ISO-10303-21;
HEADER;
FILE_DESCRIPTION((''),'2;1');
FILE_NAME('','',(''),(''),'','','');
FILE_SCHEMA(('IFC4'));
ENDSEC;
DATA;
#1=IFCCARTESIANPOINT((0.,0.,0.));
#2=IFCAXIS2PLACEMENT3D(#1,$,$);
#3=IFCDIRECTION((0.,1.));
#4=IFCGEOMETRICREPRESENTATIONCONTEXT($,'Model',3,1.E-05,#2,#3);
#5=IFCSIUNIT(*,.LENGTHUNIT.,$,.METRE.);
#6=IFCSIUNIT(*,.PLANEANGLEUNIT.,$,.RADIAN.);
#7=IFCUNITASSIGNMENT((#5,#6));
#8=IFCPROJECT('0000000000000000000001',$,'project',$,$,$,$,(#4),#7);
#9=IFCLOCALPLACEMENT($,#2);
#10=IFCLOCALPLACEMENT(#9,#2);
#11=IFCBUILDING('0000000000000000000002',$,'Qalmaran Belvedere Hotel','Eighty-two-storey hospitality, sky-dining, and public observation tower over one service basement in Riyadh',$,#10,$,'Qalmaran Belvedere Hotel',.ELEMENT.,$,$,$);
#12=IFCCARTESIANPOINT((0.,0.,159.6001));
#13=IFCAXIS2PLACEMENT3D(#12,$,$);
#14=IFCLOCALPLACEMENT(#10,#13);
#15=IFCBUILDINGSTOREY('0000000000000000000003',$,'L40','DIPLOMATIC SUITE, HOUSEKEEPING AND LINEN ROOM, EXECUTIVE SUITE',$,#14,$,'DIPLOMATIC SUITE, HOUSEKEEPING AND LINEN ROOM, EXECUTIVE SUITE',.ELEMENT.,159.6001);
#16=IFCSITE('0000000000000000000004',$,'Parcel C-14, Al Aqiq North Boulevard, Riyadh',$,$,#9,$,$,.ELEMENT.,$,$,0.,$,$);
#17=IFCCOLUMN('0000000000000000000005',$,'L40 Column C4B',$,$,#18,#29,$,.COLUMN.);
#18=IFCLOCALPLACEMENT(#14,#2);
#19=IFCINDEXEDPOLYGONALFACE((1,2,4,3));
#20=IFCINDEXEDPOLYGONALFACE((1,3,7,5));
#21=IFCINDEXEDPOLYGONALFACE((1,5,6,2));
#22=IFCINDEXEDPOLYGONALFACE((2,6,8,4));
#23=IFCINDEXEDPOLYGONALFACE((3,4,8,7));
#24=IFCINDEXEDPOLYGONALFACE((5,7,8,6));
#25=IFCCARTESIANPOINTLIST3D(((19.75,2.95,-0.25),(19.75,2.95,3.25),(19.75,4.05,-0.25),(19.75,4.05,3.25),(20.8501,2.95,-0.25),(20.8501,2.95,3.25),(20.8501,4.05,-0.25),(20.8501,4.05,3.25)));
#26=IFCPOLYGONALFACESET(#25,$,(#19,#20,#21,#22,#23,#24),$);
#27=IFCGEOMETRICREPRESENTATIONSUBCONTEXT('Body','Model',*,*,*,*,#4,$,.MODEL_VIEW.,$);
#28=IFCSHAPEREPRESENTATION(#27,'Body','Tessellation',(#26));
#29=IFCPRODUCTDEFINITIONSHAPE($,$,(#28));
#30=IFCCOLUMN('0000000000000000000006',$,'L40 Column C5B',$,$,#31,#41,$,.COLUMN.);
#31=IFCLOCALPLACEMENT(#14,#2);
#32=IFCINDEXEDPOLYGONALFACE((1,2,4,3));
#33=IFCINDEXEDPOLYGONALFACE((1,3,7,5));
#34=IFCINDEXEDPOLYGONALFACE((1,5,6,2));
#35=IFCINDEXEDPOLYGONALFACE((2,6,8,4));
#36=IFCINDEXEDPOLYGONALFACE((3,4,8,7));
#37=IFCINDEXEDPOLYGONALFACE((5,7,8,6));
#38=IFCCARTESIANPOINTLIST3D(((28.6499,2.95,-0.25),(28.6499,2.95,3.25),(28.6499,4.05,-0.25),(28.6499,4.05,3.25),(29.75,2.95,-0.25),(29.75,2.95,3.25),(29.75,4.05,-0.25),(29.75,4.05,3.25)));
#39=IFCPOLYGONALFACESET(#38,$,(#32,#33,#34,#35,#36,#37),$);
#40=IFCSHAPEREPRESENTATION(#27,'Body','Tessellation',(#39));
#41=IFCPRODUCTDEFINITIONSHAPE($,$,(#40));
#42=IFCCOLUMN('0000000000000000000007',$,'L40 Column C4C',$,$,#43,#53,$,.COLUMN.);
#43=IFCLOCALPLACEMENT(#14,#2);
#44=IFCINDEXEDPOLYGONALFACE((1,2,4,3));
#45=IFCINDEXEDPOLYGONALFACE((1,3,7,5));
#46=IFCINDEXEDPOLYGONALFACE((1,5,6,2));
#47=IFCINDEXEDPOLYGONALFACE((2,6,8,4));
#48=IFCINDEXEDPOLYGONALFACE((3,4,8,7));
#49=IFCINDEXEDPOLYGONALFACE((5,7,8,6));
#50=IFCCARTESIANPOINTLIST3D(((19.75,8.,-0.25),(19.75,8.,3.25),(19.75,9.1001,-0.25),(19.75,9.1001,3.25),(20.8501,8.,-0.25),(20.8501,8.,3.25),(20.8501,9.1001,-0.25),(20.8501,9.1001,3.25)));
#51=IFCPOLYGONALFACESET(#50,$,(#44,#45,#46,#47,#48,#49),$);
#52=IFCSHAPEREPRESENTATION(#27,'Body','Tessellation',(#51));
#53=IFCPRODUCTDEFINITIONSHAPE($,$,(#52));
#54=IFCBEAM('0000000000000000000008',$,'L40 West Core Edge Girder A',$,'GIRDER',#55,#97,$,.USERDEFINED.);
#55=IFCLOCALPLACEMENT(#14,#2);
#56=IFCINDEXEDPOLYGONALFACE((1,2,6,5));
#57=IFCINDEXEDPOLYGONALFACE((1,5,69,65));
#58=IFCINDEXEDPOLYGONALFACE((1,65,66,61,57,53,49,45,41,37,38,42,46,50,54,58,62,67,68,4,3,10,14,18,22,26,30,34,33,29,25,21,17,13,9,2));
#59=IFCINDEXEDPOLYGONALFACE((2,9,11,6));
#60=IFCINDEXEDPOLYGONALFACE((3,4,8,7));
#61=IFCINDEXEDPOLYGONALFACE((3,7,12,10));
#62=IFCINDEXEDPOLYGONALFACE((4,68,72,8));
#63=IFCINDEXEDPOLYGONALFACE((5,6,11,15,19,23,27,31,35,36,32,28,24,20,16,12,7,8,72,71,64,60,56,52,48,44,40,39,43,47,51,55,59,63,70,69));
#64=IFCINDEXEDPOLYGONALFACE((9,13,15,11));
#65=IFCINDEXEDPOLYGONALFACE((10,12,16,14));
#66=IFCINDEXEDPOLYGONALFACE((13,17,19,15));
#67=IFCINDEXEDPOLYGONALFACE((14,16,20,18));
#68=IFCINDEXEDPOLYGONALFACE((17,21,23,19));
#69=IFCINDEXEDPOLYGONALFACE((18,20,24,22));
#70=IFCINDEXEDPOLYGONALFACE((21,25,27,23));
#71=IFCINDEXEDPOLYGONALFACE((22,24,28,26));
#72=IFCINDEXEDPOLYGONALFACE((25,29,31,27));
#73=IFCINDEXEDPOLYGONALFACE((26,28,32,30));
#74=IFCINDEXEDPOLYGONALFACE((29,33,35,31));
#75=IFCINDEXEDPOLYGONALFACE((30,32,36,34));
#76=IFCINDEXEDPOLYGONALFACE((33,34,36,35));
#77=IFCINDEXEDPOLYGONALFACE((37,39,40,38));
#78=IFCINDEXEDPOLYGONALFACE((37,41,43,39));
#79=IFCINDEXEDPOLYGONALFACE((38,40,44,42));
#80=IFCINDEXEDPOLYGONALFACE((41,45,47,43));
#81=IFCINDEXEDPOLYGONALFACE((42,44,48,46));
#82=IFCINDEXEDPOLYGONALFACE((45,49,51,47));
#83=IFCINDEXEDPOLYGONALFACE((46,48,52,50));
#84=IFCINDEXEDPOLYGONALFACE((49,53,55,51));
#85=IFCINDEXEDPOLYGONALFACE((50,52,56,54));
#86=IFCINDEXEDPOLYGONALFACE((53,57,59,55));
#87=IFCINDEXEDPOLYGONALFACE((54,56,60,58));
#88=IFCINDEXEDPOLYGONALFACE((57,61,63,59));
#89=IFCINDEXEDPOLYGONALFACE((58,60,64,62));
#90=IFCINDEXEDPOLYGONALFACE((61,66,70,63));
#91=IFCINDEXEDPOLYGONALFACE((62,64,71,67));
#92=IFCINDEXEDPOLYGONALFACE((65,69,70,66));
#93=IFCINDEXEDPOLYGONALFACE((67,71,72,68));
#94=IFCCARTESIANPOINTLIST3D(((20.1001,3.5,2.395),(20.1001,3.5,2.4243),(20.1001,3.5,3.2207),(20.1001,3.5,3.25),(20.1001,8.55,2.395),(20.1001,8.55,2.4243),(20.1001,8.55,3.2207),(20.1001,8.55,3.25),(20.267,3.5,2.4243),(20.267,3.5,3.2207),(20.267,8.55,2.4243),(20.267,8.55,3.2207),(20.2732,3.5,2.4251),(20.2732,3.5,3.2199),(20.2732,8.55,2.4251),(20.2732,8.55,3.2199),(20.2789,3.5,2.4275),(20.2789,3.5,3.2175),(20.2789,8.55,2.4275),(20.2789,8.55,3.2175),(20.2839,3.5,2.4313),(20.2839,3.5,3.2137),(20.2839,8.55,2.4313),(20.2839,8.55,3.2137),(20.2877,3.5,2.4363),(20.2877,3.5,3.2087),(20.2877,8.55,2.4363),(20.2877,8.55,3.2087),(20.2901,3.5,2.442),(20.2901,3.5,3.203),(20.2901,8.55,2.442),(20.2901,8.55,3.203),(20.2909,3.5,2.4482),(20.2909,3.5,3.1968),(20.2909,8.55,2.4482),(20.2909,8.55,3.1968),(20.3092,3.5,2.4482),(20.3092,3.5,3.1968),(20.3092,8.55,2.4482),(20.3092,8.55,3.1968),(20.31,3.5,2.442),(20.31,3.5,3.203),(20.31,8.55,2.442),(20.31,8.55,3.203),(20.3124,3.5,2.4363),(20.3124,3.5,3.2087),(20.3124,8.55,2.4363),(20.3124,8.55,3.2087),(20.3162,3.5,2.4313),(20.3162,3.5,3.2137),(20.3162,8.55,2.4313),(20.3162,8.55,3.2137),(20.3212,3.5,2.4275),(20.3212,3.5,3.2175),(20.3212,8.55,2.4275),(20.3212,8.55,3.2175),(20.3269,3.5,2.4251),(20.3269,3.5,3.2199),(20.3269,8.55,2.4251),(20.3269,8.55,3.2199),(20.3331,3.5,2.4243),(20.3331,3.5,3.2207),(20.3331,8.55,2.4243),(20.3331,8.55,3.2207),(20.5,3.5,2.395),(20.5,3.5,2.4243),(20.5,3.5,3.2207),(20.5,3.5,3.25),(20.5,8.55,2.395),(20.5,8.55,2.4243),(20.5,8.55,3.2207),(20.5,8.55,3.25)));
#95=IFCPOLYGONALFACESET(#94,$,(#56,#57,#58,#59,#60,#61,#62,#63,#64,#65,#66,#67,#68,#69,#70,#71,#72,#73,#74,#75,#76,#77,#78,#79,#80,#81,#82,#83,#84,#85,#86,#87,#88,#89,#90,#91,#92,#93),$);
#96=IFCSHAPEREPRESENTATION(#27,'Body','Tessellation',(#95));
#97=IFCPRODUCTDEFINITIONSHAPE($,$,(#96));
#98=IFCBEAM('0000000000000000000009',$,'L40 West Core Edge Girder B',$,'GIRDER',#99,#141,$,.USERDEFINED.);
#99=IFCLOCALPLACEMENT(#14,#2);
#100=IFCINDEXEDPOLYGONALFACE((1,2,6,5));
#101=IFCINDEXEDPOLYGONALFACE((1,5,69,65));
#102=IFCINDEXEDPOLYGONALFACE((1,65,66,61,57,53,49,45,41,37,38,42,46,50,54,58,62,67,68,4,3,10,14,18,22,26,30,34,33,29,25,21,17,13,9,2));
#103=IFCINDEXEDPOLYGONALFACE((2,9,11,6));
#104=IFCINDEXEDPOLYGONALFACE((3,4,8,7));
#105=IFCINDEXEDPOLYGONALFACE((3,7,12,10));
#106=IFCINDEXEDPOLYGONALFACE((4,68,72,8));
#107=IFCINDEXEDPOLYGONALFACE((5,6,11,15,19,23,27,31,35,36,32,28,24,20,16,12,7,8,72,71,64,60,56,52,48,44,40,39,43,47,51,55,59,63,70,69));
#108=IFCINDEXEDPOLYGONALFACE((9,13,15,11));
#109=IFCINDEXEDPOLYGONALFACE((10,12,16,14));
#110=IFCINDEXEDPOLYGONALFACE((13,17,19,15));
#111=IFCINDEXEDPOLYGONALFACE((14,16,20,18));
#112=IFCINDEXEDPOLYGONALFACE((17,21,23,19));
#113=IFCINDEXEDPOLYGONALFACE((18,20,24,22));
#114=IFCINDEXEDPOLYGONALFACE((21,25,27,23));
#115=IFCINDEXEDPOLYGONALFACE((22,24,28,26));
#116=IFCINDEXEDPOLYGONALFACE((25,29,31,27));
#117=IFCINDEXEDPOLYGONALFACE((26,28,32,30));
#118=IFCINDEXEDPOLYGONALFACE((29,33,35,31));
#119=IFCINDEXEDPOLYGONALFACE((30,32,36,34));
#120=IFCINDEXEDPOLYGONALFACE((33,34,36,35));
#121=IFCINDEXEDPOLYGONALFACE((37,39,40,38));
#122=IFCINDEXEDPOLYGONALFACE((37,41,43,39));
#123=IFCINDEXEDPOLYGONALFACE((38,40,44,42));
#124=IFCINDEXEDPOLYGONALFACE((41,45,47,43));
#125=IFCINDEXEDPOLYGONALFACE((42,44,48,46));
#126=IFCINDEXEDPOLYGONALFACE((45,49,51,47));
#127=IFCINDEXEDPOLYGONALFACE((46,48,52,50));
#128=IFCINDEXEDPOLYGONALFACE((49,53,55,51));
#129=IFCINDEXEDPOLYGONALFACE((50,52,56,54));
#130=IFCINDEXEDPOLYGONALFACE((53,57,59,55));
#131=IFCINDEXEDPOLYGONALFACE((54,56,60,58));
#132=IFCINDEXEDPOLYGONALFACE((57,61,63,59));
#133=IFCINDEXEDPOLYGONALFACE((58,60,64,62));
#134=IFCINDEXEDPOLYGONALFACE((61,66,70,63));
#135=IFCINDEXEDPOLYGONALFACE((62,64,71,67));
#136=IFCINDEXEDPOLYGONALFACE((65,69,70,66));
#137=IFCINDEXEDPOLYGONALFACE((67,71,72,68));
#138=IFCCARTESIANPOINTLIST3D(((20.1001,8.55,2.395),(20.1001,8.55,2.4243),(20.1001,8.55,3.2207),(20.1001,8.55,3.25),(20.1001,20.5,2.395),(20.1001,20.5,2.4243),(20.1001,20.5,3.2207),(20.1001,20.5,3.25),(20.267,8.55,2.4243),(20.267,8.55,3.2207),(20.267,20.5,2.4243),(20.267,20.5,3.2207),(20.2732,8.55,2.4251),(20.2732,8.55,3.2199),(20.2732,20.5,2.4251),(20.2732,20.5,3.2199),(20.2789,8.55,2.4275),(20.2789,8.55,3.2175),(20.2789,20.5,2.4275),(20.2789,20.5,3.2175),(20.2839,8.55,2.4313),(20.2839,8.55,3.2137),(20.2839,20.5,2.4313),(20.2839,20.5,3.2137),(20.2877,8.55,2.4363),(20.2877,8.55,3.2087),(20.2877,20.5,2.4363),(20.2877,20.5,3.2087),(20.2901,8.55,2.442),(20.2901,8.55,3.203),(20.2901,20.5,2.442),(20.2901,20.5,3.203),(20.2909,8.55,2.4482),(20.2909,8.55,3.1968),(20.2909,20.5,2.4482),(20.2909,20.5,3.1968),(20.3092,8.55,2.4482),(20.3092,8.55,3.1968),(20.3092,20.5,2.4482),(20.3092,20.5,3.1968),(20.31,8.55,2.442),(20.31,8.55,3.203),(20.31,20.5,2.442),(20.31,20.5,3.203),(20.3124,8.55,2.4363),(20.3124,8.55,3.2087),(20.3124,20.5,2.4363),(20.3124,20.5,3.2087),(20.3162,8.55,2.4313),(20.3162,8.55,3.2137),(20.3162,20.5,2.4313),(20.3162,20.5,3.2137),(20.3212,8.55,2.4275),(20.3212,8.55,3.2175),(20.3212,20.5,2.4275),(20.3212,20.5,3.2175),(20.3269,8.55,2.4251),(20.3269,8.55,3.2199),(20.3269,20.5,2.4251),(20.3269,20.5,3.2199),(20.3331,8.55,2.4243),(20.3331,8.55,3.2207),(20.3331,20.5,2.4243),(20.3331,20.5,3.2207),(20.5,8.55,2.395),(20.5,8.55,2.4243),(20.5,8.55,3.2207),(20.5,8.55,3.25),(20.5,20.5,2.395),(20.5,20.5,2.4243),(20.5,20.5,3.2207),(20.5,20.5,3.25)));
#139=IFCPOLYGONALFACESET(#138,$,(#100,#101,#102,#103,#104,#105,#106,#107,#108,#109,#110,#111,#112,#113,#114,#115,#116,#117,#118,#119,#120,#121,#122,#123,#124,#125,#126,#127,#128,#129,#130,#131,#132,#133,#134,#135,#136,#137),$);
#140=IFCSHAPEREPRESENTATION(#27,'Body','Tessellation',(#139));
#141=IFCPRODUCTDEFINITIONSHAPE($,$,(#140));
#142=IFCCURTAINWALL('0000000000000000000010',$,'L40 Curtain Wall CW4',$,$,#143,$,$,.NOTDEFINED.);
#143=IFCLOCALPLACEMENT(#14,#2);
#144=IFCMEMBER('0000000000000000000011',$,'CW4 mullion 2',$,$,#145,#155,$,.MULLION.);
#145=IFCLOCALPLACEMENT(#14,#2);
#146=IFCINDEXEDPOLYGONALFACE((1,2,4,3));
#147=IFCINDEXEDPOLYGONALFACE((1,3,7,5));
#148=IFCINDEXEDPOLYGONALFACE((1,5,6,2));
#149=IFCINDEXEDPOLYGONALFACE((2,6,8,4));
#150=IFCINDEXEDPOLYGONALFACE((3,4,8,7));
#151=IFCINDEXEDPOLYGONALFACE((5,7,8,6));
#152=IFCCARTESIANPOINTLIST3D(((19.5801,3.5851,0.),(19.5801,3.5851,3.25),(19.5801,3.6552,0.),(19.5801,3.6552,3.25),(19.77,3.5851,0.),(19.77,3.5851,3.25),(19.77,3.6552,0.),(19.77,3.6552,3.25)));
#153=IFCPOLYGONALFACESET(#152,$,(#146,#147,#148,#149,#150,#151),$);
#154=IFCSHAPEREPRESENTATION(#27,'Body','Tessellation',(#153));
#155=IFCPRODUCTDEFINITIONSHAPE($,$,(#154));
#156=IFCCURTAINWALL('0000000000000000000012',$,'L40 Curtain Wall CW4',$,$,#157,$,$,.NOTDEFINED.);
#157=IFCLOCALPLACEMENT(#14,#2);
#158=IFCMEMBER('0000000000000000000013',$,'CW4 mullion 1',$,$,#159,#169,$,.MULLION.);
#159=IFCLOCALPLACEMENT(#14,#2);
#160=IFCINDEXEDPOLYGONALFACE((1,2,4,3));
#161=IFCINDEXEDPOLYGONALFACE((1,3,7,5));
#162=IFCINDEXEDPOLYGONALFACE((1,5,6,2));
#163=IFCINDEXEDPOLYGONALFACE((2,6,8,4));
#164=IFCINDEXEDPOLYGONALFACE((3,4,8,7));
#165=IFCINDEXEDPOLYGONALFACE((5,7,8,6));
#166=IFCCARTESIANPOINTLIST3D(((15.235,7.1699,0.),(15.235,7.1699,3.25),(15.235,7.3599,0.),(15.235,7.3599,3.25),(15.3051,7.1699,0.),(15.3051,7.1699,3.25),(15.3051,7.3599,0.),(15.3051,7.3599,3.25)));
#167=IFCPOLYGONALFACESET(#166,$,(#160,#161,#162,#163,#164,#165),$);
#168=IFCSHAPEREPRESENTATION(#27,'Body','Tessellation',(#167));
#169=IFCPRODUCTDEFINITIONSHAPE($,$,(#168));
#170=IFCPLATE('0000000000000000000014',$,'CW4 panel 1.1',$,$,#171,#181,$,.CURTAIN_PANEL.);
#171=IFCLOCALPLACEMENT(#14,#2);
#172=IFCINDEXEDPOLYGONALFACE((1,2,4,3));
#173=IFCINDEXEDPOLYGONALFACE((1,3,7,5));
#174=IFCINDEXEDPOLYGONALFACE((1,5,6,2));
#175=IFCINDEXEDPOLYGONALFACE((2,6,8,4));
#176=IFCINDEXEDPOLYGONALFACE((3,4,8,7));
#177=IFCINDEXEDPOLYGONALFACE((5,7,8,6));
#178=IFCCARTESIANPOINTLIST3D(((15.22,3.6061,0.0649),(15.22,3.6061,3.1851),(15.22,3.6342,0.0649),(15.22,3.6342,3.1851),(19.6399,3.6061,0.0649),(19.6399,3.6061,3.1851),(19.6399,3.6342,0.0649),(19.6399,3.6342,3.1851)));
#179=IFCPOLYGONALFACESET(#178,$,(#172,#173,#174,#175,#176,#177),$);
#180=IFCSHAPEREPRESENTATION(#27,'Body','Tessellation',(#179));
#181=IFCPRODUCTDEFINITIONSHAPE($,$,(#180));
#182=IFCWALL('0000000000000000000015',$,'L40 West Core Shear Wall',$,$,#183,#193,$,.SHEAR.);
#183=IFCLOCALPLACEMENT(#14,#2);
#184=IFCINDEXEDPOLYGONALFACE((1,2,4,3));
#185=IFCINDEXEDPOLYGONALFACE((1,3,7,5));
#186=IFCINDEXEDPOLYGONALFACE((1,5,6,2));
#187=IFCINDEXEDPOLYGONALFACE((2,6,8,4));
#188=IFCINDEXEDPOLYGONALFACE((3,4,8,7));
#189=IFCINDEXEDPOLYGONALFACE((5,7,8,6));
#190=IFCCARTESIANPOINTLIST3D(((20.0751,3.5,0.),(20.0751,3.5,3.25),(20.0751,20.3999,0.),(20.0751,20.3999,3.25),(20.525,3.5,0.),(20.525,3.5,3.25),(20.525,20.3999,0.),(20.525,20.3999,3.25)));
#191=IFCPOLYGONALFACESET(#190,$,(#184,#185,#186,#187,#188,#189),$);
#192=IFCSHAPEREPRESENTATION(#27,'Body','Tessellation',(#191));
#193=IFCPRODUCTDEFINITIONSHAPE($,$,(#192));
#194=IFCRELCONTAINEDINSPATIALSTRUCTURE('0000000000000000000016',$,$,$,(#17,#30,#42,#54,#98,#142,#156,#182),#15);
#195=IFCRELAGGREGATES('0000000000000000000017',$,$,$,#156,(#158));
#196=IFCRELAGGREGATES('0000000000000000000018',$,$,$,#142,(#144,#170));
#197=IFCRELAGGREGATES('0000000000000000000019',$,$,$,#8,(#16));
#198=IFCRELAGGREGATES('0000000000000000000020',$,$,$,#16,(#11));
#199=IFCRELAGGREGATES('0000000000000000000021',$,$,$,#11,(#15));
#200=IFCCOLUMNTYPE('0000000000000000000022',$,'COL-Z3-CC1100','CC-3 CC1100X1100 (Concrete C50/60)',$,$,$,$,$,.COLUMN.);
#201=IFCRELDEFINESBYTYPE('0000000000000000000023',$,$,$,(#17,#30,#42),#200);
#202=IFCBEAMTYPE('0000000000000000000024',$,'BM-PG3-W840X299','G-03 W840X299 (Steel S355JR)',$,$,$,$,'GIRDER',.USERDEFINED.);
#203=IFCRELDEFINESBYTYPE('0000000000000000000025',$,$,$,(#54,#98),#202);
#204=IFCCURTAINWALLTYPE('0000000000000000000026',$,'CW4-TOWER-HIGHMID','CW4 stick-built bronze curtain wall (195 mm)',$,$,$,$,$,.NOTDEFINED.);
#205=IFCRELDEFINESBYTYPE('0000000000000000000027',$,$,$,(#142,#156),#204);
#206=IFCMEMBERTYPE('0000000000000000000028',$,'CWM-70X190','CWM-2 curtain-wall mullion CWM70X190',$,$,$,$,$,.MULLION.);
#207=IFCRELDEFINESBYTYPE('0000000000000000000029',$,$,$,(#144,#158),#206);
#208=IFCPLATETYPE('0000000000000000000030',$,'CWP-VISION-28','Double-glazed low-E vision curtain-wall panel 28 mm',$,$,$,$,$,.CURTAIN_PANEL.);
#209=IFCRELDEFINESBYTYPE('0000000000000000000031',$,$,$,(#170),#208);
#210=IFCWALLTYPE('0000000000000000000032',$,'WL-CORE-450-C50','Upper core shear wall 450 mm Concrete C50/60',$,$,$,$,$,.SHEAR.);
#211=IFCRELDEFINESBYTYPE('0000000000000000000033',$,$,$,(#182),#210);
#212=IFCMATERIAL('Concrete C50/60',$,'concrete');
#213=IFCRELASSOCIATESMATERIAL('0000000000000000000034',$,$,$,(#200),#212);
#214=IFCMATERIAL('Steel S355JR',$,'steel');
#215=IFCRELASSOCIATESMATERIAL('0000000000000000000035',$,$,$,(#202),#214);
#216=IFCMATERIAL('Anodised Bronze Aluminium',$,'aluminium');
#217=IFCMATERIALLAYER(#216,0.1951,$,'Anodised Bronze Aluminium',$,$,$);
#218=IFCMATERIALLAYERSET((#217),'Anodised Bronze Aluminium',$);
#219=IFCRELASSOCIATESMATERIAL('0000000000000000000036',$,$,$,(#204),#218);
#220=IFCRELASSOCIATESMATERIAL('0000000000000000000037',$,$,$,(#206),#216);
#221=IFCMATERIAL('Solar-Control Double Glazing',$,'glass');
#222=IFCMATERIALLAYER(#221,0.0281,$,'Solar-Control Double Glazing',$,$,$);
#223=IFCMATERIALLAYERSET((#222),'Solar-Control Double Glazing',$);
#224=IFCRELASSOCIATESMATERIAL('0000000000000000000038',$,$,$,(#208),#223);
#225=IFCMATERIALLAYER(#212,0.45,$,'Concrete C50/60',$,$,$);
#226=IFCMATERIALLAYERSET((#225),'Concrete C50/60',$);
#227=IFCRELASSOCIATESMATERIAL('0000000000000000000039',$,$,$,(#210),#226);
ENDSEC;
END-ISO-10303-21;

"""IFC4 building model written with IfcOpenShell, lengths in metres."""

from ifc_helpers import new_model, si_unit, direction, frame, frame_2d, origin, origin_2d, place, context, subcontext, project, spatial, rectangle, i_section, extrude, material, layer, layer_set, material_profile, profile_set, type_object, element, aggregate, save


model = new_model("IFC4")

# Units and contexts
model_context = context("Model", 3, precision=1e-05, world=origin(), true_north=direction((0.0, 1.0)))
body_context = subcontext(model_context, "Body", "Model", "MODEL_VIEW")
ifc_project = project(units=[si_unit("LENGTHUNIT", "METRE"), si_unit("PLANEANGLEUNIT", "RADIAN")], contexts=[model_context])

# Site, building, storey
site_placement = place(None, origin())
site = spatial("IfcSite", under=ifc_project, at=site_placement, Name="Parcel C-14, Al Aqiq North Boulevard, Riyadh", CompositionType="ELEMENT", RefElevation=0.0)
building_placement = place(site_placement, origin())
building = spatial("IfcBuilding", under=site, at=building_placement, Name="Qalmaran Belvedere Hotel", Description="Eighty-two-storey hospitality, sky-dining, and public observation tower over one service basement in Riyadh", LongName="Qalmaran Belvedere Hotel", CompositionType="ELEMENT")
storey_placement = place(building_placement, frame((0.0, 0.0, 159.6001)))
storey = spatial("IfcBuildingStorey", under=building, at=storey_placement, Name="L40", Description="DIPLOMATIC SUITE, HOUSEKEEPING AND LINEN ROOM, EXECUTIVE SUITE", LongName="DIPLOMATIC SUITE, HOUSEKEEPING AND LINEN ROOM, EXECUTIVE SUITE", CompositionType="ELEMENT", Elevation=159.6001)

# Columns
ifc_material_1 = material(Name="Concrete C50/60", Category="concrete")
ifc_material_profile_1 = material_profile(ifc_material_1, rectangle(XDim=1.1001, YDim=1.1001, at=origin_2d()), Name="CC1100X1100")
ifc_profile_set_1 = profile_set([ifc_material_profile_1], Name="Concrete C50/60")
column_type = type_object("IfcColumnType", Name="COL-Z3-CC1100", Description="CC-3 CC1100X1100 (Concrete C50/60)", PredefinedType="COLUMN", material=ifc_profile_set_1)
for number, where, z_axis, x_axis, name in (
    (1, (20.3, 3.5, -0.25), (0.0, 0.0, 1.0), (1.0, 0.0, 0.0), "L40 Column C4B"),
    (2, (29.2, 3.5, -0.25), (0.0, 0.0, 1.0), (1.0, 0.0, 0.0), "L40 Column C5B"),
    (3, (20.3, 8.55, -0.25), (0.0, 0.0, 1.0), (1.0, 0.0, 0.0), "L40 Column C4C"),
):
    element("IfcColumn", number, at=place(storey_placement, frame(where, z_axis=z_axis, x_axis=x_axis)), inside=storey, type_object=column_type, Name=name, PredefinedType="COLUMN", context=body_context, shape_type="SweptSolid", body=[
        extrude(rectangle(XDim=1.1001, YDim=1.1001, at=origin_2d()), origin(), (0.0, 0.0, 1.0), 3.5),
    ])

# Beams
ifc_material_2 = material(Name="Steel S355JR", Category="steel")
ifc_material_profile_2 = material_profile(ifc_material_2, i_section(OverallWidth=0.3999, OverallDepth=0.855, WebThickness=0.0183, FlangeThickness=0.0293, FilletRadius=0.0239, at=origin_2d()), Name="W840X299")
ifc_profile_set_2 = profile_set([ifc_material_profile_2], Name="Steel S355JR")
beam_type = type_object("IfcBeamType", Name="BM-PG3-W840X299", Description="G-03 W840X299 (Steel S355JR)", ElementType="GIRDER", PredefinedType="USERDEFINED", material=ifc_profile_set_2)
beam_1_placement = place(storey_placement, frame((20.3, 3.5, 2.8225), z_axis=(0.0, 1.0, 0.0), x_axis=(-1.0, 0.0, 0.0)))
element("IfcBeam", 4, at=beam_1_placement, inside=storey, type_object=beam_type, Name="L40 West Core Edge Girder A", ObjectType="GIRDER", PredefinedType="USERDEFINED", context=body_context, shape_type="SweptSolid", body=[
    extrude(i_section(OverallWidth=0.3999, OverallDepth=0.855, WebThickness=0.0183, FlangeThickness=0.0293, FilletRadius=0.0239, at=origin_2d()), origin(), (0.0, 0.0, 1.0), 5.05),
])
beam_2_placement = place(storey_placement, frame((20.3, 8.55, 2.8225), z_axis=(0.0, 1.0, 0.0), x_axis=(-1.0, 0.0, 0.0)))
element("IfcBeam", 5, at=beam_2_placement, inside=storey, type_object=beam_type, Name="L40 West Core Edge Girder B", ObjectType="GIRDER", PredefinedType="USERDEFINED", context=body_context, shape_type="SweptSolid", body=[
    extrude(i_section(OverallWidth=0.3999, OverallDepth=0.855, WebThickness=0.0183, FlangeThickness=0.0293, FilletRadius=0.0239, at=origin_2d()), origin(), (0.0, 0.0, 1.0), 11.95),
])

# Curtain walls, members
ifc_material_3 = material(Name="Anodised Bronze Aluminium", Category="aluminium")
ifc_layer_1 = layer(ifc_material_3, 0.1951, Name="Anodised Bronze Aluminium")
ifc_layer_set_1 = layer_set([ifc_layer_1], Name="Anodised Bronze Aluminium")
curtain_wall_type = type_object("IfcCurtainWallType", Name="CW4-TOWER-HIGHMID", Description="CW4 stick-built bronze curtain wall (195 mm)", PredefinedType="NOTDEFINED", material=ifc_layer_set_1)
curtain_wall_1_placement = place(storey_placement, origin())
curtain_wall_1 = element("IfcCurtainWall", 6, at=curtain_wall_1_placement, inside=storey, type_object=curtain_wall_type, Name="L40 Curtain Wall CW4", PredefinedType="NOTDEFINED")
ifc_material_profile_3 = material_profile(ifc_material_3, rectangle(XDim=0.0701, YDim=0.1899, at=origin_2d()), Name="CWM70X190")
ifc_profile_set_3 = profile_set([ifc_material_profile_3], Name="Anodised Bronze Aluminium")
member_type = type_object("IfcMemberType", Name="CWM-70X190", Description="CWM-2 curtain-wall mullion CWM70X190", PredefinedType="MULLION", material=ifc_profile_set_3)
member_1_placement = place(storey_placement, frame((19.675, 3.6201, 0.0), z_axis=(0.0, 0.0, 1.0), x_axis=(0.0, 1.0, 0.0)))
member_1 = element("IfcMember", 7, at=member_1_placement, type_object=member_type, Name="CW4 mullion 2", PredefinedType="MULLION", context=body_context, shape_type="SweptSolid", body=[
    extrude(rectangle(XDim=0.0701, YDim=0.1899, at=origin_2d()), origin(), (0.0, 0.0, 1.0), 3.25),
])
curtain_wall_2_placement = place(storey_placement, origin())
curtain_wall_2 = element("IfcCurtainWall", 8, at=curtain_wall_2_placement, inside=storey, type_object=curtain_wall_type, Name="L40 Curtain Wall CW4", PredefinedType="NOTDEFINED")
member_2_placement = place(storey_placement, frame((15.27, 7.2649, 0.0), z_axis=(0.0, 0.0, 1.0), x_axis=(1.0, 0.0, 0.0)))
member_2 = element("IfcMember", 9, at=member_2_placement, type_object=member_type, Name="CW4 mullion 1", PredefinedType="MULLION", context=body_context, shape_type="SweptSolid", body=[
    extrude(rectangle(XDim=0.0701, YDim=0.1899, at=origin_2d()), origin(), (0.0, 0.0, 1.0), 3.25),
])
aggregate(curtain_wall_2, [member_2])

# Plate
ifc_material_4 = material(Name="Solar-Control Double Glazing", Category="glass")
ifc_layer_2 = layer(ifc_material_4, 0.0281, Name="Solar-Control Double Glazing")
ifc_layer_set_2 = layer_set([ifc_layer_2], Name="Solar-Control Double Glazing")
plate_type = type_object("IfcPlateType", Name="CWP-VISION-28", Description="Double-glazed low-E vision curtain-wall panel 28 mm", PredefinedType="CURTAIN_PANEL", material=ifc_layer_set_2)
plate_placement = place(storey_placement, frame((17.4299, 3.6201, 0.0649), z_axis=(0.0, 0.0, 1.0), x_axis=(1.0, 0.0, 0.0)))
plate = element("IfcPlate", 10, at=plate_placement, type_object=plate_type, Name="CW4 panel 1.1", PredefinedType="CURTAIN_PANEL", context=body_context, shape_type="SweptSolid", body=[
    extrude(rectangle(XDim=4.4199, YDim=0.0281, at=origin_2d()), origin(), (0.0, 0.0, 1.0), 3.1201),
])
aggregate(curtain_wall_1, [member_1, plate])

# Wall
ifc_layer_3 = layer(ifc_material_1, 0.45, Name="Concrete C50/60")
ifc_layer_set_3 = layer_set([ifc_layer_3], Name="Concrete C50/60")
wall_type_1 = type_object("IfcWallType", Name="WL-CORE-450-C50", Description="Upper core shear wall 450 mm Concrete C50/60", PredefinedType="SHEAR", material=ifc_layer_set_3)
wall_1_placement = place(storey_placement, frame((20.3, 3.5, 0.0), z_axis=(0.0, 0.0, 1.0), x_axis=(0.0, 1.0, 0.0)))
element("IfcWall", 11, at=wall_1_placement, inside=storey, type_object=wall_type_1, Name="L40 West Core Shear Wall", PredefinedType="SHEAR", context=body_context, shape_type="SweptSolid", body=[
    extrude(rectangle(XDim=16.8999, YDim=0.45, at=frame_2d((8.45, 0.0))), origin(), (0.0, 0.0, 1.0), 3.25),
])

save(model, "model.ifc")
